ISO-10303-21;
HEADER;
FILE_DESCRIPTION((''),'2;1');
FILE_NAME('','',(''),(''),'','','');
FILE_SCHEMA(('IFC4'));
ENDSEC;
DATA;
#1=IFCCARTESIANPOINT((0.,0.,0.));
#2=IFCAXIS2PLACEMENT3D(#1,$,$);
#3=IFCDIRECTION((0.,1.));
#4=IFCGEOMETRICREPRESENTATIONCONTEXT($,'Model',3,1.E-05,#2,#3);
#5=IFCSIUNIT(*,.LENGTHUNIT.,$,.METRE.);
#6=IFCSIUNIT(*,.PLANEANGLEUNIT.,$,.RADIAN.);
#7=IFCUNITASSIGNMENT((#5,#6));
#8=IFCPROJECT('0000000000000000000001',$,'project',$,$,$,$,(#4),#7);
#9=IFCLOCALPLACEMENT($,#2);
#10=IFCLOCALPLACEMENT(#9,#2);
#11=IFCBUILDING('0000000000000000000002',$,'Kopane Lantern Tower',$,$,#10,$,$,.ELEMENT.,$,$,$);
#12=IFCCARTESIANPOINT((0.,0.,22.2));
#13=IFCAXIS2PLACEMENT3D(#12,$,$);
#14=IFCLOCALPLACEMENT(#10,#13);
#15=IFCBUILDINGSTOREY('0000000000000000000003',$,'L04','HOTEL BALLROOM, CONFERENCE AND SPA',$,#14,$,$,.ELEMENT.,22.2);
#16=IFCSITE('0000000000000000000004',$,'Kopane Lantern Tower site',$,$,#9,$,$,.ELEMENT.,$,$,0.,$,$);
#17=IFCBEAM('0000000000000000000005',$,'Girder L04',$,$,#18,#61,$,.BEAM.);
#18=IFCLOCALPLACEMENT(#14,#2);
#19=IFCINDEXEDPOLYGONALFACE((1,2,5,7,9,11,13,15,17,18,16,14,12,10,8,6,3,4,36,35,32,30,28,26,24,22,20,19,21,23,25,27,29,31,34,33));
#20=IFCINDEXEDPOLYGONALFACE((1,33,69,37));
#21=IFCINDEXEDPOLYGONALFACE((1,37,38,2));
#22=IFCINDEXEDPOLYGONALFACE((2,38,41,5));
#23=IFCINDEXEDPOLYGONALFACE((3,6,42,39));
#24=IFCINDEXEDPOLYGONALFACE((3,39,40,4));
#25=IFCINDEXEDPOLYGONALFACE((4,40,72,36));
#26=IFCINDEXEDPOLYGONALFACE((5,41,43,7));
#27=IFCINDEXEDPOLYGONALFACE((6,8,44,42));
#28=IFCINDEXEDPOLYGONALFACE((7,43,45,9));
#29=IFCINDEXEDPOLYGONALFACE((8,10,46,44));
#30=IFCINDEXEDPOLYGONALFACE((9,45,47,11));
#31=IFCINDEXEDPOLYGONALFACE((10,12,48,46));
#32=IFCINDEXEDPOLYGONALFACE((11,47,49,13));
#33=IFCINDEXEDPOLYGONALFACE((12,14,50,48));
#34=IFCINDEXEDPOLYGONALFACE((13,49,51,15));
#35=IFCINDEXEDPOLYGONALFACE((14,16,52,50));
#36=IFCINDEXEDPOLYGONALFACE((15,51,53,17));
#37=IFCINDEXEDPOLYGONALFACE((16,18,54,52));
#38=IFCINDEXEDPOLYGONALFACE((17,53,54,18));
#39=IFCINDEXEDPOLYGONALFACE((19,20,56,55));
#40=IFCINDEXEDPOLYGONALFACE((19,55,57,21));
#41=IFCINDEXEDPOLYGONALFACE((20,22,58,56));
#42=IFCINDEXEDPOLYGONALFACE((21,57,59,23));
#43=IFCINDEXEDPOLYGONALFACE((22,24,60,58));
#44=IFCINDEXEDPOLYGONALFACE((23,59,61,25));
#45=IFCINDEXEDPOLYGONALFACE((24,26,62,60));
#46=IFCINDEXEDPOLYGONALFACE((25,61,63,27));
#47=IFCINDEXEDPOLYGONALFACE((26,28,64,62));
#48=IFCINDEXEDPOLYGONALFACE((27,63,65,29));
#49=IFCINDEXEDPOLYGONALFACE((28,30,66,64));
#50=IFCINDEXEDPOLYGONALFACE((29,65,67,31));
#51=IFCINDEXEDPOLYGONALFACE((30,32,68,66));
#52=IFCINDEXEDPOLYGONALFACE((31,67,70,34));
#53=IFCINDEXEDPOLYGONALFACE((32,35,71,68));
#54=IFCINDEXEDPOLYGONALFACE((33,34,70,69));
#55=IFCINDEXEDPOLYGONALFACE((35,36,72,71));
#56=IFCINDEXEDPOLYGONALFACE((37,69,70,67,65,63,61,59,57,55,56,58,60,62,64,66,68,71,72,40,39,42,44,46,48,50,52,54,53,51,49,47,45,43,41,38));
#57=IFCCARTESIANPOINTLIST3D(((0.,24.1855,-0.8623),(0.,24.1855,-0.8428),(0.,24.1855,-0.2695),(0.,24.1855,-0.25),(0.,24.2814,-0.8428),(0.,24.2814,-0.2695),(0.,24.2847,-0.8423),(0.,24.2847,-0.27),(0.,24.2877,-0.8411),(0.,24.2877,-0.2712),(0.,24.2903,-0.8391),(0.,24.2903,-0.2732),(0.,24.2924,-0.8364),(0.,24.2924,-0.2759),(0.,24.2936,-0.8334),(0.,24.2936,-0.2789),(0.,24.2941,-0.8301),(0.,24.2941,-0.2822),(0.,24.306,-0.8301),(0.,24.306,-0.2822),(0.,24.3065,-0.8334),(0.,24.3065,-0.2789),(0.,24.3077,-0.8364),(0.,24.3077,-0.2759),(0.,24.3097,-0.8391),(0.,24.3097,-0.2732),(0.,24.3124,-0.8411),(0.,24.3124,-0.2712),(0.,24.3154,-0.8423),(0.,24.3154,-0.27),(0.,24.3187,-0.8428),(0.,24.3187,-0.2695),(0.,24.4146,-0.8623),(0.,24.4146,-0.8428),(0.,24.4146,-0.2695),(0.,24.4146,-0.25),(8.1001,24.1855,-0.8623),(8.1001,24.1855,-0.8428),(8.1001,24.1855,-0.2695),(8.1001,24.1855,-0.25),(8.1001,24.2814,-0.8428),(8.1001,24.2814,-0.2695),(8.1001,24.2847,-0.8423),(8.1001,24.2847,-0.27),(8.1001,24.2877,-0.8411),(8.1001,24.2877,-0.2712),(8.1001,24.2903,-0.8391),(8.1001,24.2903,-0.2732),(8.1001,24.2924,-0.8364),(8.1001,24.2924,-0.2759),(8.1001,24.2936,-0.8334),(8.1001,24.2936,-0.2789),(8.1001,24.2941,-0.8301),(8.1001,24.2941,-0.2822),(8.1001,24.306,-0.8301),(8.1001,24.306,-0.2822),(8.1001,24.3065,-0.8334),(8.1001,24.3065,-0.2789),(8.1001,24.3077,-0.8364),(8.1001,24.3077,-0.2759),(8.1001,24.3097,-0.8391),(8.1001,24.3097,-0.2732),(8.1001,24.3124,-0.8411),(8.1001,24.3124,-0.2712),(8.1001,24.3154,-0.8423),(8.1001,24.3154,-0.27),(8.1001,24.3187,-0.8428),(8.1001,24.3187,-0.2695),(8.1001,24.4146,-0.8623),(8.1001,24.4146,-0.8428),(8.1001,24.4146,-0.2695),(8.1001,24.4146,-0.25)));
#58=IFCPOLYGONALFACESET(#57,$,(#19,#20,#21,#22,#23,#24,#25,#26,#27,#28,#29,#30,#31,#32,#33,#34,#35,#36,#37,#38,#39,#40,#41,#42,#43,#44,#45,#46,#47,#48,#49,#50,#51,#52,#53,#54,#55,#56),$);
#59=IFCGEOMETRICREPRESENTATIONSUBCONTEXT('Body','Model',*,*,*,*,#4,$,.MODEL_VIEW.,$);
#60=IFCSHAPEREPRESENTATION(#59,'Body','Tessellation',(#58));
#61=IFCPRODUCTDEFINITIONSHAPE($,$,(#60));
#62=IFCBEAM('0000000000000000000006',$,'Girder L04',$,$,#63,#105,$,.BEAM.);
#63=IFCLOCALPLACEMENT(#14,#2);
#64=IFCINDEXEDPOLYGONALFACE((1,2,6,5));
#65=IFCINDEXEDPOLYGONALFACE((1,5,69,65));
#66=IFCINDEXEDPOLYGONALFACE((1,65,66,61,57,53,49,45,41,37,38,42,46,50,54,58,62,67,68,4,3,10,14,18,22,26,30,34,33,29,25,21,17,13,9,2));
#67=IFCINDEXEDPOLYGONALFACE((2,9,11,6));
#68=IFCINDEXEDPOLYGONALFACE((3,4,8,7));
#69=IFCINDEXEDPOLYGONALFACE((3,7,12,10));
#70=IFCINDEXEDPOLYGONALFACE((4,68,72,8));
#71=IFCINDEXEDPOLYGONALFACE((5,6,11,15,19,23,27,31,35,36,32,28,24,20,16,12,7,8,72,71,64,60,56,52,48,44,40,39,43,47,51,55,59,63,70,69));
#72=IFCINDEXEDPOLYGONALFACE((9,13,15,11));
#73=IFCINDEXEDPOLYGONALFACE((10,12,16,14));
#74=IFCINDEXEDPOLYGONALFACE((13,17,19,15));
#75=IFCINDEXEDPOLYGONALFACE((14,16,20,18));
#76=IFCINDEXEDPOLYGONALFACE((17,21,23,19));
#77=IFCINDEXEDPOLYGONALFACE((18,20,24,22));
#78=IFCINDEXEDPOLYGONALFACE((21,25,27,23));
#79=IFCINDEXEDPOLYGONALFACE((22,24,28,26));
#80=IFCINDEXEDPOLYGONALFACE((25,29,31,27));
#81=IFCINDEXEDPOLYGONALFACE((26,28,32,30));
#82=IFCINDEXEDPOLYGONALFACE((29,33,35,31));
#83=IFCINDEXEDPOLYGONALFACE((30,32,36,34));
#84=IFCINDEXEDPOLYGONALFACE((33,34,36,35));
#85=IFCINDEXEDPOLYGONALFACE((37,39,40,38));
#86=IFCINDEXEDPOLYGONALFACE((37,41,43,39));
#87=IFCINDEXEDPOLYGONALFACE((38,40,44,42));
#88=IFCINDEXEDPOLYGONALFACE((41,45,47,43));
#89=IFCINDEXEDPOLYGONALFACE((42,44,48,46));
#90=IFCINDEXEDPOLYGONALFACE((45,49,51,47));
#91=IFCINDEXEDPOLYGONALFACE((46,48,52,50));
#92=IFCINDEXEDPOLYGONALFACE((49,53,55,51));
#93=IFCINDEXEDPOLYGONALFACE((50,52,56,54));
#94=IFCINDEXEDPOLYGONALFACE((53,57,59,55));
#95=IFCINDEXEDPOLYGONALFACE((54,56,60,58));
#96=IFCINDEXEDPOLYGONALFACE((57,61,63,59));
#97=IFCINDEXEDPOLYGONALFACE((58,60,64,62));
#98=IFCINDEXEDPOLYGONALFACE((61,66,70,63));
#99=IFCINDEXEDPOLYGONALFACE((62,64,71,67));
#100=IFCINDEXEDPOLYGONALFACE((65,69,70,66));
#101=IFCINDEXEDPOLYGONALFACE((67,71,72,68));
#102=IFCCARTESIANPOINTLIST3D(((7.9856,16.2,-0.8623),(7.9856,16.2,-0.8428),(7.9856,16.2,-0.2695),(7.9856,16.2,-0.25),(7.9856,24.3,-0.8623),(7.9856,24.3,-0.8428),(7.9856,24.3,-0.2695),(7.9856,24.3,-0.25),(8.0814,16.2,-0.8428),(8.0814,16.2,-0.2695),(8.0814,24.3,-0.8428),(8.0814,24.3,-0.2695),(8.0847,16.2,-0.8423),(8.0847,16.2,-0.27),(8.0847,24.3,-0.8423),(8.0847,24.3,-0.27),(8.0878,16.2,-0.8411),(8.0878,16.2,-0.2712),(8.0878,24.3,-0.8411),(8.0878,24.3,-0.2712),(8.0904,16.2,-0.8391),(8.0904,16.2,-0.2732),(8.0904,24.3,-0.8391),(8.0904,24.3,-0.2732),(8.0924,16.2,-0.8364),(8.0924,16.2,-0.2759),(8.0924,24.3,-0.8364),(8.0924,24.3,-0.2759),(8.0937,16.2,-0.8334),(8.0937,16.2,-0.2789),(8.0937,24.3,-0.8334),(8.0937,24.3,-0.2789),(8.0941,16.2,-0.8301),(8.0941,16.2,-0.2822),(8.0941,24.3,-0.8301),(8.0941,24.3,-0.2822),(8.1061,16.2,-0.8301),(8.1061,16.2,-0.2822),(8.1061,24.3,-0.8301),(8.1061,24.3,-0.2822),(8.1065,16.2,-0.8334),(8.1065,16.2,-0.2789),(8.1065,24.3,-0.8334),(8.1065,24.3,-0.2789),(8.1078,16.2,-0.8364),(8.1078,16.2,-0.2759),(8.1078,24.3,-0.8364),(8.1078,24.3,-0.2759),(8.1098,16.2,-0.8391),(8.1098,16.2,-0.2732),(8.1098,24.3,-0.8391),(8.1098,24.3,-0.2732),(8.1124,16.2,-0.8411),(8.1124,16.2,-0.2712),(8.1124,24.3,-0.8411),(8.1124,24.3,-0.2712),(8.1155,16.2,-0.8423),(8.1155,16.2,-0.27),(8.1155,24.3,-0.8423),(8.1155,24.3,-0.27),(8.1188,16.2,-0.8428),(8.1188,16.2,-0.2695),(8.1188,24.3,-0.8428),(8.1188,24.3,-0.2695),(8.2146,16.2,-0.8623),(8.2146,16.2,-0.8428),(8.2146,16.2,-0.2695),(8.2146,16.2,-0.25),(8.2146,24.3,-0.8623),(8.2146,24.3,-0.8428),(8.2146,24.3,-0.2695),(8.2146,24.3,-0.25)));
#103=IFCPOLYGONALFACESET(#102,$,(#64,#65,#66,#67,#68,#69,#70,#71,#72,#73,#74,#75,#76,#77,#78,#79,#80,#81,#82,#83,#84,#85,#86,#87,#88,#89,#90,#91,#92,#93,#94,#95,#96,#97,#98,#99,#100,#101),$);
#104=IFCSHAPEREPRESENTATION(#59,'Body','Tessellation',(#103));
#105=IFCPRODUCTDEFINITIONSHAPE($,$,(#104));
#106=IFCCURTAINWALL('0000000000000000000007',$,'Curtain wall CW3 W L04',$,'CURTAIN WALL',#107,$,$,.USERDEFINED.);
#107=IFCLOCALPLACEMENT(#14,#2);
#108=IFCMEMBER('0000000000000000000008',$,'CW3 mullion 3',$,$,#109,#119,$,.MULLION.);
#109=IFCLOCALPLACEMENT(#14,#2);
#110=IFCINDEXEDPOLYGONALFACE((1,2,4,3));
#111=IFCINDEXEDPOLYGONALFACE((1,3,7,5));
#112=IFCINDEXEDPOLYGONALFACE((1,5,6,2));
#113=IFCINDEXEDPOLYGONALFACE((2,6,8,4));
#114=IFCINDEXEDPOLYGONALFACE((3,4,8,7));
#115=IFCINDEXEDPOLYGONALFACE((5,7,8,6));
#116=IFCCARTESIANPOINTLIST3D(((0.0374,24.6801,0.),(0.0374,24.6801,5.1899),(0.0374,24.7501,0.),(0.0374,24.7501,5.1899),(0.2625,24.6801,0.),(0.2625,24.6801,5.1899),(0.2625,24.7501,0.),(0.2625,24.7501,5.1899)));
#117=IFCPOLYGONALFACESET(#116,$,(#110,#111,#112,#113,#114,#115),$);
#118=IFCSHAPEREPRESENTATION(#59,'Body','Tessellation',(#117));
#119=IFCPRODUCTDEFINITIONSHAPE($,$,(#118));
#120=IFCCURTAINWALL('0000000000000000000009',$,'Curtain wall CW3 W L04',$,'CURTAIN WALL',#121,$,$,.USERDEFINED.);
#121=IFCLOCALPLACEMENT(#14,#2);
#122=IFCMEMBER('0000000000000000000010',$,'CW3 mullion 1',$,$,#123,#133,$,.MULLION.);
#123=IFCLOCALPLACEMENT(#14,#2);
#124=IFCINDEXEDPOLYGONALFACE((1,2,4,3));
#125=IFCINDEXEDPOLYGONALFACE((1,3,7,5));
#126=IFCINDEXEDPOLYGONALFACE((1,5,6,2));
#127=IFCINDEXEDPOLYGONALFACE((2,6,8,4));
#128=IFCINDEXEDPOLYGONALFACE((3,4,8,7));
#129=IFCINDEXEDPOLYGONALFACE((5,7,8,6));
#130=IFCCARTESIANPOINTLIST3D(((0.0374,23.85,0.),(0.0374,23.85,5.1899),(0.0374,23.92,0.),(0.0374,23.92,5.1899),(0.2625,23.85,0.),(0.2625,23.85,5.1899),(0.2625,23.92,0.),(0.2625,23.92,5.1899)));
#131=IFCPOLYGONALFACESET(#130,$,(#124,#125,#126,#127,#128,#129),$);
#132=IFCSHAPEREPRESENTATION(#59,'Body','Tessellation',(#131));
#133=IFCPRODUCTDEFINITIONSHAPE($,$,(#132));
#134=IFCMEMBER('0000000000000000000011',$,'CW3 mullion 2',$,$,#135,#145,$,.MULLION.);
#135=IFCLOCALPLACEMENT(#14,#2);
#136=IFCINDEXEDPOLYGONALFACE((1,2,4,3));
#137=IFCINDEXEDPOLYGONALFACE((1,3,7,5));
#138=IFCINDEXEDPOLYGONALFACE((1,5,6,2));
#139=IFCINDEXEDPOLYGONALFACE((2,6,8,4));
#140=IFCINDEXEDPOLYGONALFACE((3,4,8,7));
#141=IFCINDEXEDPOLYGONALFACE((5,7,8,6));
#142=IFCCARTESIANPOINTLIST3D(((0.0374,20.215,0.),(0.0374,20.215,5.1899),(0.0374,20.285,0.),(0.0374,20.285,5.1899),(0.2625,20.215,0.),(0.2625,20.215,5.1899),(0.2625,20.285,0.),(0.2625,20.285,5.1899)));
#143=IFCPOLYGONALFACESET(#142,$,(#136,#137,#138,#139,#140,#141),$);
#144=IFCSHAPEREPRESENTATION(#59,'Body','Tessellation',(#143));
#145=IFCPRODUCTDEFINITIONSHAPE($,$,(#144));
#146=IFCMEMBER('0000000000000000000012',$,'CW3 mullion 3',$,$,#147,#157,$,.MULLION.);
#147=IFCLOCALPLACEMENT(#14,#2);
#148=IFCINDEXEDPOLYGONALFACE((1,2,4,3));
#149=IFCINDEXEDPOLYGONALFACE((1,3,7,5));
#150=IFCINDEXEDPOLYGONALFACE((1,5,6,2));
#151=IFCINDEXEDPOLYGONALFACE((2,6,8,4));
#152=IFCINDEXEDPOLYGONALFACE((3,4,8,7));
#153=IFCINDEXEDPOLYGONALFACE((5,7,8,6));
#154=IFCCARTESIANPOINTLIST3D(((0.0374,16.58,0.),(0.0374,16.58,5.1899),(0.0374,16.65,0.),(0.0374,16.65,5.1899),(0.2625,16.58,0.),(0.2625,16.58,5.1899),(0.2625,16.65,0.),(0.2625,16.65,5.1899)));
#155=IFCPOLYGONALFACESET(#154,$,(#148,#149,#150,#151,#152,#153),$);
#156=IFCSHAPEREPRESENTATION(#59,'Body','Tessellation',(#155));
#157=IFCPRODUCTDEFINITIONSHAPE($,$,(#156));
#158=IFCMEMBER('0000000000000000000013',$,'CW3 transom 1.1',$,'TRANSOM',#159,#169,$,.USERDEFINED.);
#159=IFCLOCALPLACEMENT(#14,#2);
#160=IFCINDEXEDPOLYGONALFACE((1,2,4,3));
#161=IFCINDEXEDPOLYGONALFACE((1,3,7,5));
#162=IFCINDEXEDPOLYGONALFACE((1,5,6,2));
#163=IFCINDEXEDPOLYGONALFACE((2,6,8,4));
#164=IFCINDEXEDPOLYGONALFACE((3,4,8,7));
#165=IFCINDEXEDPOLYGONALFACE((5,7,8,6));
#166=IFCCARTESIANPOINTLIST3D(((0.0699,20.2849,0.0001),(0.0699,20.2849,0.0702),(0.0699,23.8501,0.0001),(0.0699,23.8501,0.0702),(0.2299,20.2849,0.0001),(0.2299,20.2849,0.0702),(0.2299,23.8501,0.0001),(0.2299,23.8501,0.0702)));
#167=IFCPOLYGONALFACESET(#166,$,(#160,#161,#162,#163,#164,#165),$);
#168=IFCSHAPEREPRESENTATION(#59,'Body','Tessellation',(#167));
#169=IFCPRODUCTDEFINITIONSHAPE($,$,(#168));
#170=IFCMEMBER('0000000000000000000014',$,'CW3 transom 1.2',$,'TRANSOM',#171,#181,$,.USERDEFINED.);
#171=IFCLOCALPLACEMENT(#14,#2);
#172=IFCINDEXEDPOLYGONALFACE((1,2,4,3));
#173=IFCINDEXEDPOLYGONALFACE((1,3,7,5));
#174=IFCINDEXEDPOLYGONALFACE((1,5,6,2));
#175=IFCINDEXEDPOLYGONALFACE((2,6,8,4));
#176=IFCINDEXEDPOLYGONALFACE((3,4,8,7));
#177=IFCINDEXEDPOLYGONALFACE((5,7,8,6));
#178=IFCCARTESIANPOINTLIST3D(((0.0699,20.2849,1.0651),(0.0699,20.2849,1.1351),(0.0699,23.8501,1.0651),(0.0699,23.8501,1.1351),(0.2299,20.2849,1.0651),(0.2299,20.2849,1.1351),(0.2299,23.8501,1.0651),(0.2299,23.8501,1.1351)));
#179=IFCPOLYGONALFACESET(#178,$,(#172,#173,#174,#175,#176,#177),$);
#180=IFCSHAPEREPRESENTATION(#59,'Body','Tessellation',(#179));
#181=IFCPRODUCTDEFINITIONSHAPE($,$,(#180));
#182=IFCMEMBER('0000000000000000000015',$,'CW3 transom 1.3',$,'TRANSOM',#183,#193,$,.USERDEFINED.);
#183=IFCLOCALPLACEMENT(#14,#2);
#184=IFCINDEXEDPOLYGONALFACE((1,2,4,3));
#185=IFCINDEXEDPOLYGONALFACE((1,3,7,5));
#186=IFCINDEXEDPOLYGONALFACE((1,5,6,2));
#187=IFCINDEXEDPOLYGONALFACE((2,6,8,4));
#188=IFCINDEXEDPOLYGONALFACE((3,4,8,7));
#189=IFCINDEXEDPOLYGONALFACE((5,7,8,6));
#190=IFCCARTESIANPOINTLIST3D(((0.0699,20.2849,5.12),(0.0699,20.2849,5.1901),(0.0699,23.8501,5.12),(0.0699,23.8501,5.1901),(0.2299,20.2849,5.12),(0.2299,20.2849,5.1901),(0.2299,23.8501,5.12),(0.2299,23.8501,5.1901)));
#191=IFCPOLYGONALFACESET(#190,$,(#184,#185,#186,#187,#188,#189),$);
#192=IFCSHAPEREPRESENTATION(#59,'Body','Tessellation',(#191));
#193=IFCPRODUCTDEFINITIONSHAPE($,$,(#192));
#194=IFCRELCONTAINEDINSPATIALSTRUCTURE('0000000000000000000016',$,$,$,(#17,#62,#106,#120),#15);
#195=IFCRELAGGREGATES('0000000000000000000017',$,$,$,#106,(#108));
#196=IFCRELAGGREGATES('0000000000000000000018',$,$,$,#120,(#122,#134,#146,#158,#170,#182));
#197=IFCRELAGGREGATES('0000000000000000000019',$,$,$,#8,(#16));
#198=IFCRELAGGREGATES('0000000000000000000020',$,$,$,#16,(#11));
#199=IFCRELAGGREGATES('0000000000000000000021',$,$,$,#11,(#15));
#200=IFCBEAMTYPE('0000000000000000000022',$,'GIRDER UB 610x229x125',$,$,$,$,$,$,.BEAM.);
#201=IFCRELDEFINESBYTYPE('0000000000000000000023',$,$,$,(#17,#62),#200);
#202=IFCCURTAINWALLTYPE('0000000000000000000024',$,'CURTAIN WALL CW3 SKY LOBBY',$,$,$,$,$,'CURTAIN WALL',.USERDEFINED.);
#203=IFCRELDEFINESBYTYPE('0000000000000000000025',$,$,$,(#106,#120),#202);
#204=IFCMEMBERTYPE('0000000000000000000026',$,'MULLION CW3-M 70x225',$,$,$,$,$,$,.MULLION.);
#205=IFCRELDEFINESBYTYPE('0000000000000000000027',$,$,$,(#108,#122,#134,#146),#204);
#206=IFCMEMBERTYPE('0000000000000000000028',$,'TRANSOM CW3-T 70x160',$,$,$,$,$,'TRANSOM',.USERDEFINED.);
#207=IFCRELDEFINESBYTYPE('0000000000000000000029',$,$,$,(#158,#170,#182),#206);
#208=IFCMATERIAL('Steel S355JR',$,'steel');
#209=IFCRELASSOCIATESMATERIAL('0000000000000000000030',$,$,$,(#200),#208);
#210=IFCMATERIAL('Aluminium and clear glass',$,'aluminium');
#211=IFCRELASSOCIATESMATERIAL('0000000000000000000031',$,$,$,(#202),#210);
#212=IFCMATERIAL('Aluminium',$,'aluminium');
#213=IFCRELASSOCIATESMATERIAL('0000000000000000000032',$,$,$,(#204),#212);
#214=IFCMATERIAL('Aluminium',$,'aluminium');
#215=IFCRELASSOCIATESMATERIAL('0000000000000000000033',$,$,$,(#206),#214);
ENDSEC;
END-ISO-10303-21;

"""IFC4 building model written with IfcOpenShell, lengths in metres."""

from ifc_helpers import new_model, si_unit, direction, frame, origin, origin_2d, place, context, subcontext, project, spatial, rectangle, i_section, extrude, material, material_profile, profile_set, type_object, element, aggregate, save


model = new_model("IFC4")

# Units and contexts
model_context = context("Model", 3, precision=1e-05, world=origin(), true_north=direction((0.0, 1.0)))
body_context = subcontext(model_context, "Body", "Model", "MODEL_VIEW")
ifc_project = project(units=[si_unit("LENGTHUNIT", "METRE"), si_unit("PLANEANGLEUNIT", "RADIAN")], contexts=[model_context])

# Site, building, storey
site_placement = place(None, origin())
site = spatial("IfcSite", under=ifc_project, at=site_placement, Name="Kopane Lantern Tower site", CompositionType="ELEMENT", RefElevation=0.0)
building_placement = place(site_placement, origin())
building = spatial("IfcBuilding", under=site, at=building_placement, Name="Kopane Lantern Tower", CompositionType="ELEMENT")
storey_placement = place(building_placement, frame((0.0, 0.0, 22.2)))
storey = spatial("IfcBuildingStorey", under=building, at=storey_placement, Name="L04", Description="HOTEL BALLROOM, CONFERENCE AND SPA", CompositionType="ELEMENT", Elevation=22.2)

# Beams
ifc_material_1 = material(Name="Steel S355JR", Category="steel")
ifc_material_profile_1 = material_profile(ifc_material_1, i_section(OverallWidth=0.229, OverallDepth=0.6123, WebThickness=0.012, FlangeThickness=0.0195, FilletRadius=0.0127, at=origin_2d()), Name="UB 610x229x125")
ifc_profile_set_1 = profile_set([ifc_material_profile_1], Name="Steel S355JR")
beam_type = type_object("IfcBeamType", Name="GIRDER UB 610x229x125", PredefinedType="BEAM", material=ifc_profile_set_1)
for number, where, z_axis, x_axis, name in (
    (1, (0.0, 24.3, -0.5562), (1.0, 0.0, 0.0), (0.0, 1.0, 0.0), "Girder L04"),
    (2, (8.1001, 16.2, -0.5562), (0.0, 1.0, 0.0), (-1.0, 0.0, 0.0), "Girder L04"),
):
    element("IfcBeam", number, at=place(storey_placement, frame(where, z_axis=z_axis, x_axis=x_axis)), inside=storey, type_object=beam_type, Name=name, PredefinedType="BEAM", context=body_context, shape_type="SweptSolid", body=[
        extrude(i_section(OverallWidth=0.229, OverallDepth=0.6123, WebThickness=0.012, FlangeThickness=0.0195, FilletRadius=0.0127, at=origin_2d()), origin(), (0.0, 0.0, 1.0), 8.1001),
    ])

# Curtain wall, member
ifc_material_2 = material(Name="Aluminium and clear glass", Category="aluminium")
curtain_wall_type = type_object("IfcCurtainWallType", Name="CURTAIN WALL CW3 SKY LOBBY", ElementType="CURTAIN WALL", PredefinedType="USERDEFINED", material=ifc_material_2)
curtain_wall_1_placement = place(storey_placement, origin())
curtain_wall_1 = element("IfcCurtainWall", 3, at=curtain_wall_1_placement, inside=storey, type_object=curtain_wall_type, Name="Curtain wall CW3 W L04", ObjectType="CURTAIN WALL", PredefinedType="USERDEFINED")
ifc_material_3 = material(Name="Aluminium", Category="aluminium")
ifc_material_profile_2 = material_profile(ifc_material_3, rectangle(XDim=0.0701, YDim=0.2251, at=origin_2d()), Name="AL 70x225")
ifc_profile_set_2 = profile_set([ifc_material_profile_2], Name="Aluminium")
member_type_1 = type_object("IfcMemberType", Name="MULLION CW3-M 70x225", PredefinedType="MULLION", material=ifc_profile_set_2)
member_1_placement = place(storey_placement, frame((0.1499, 24.7151, 0.0), z_axis=(0.0, 0.0, 1.0), x_axis=(0.0, -1.0, 0.0)))
member_1 = element("IfcMember", 4, at=member_1_placement, type_object=member_type_1, Name="CW3 mullion 3", PredefinedType="MULLION", context=body_context, shape_type="SweptSolid", body=[
    extrude(rectangle(XDim=0.0701, YDim=0.2251, at=origin_2d()), origin(), (0.0, 0.0, 1.0), 5.1899),
])
aggregate(curtain_wall_1, [member_1])

# Curtain wall, members
curtain_wall_2_placement = place(storey_placement, origin())
curtain_wall_2 = element("IfcCurtainWall", 5, at=curtain_wall_2_placement, inside=storey, type_object=curtain_wall_type, Name="Curtain wall CW3 W L04", ObjectType="CURTAIN WALL", PredefinedType="USERDEFINED")
member_2_placement = place(storey_placement, frame((0.1499, 23.885, 0.0), z_axis=(0.0, 0.0, 1.0), x_axis=(0.0, -1.0, 0.0)))
member_2 = element("IfcMember", 6, at=member_2_placement, type_object=member_type_1, Name="CW3 mullion 1", PredefinedType="MULLION", context=body_context, shape_type="SweptSolid", body=[
    extrude(rectangle(XDim=0.0701, YDim=0.2251, at=origin_2d()), origin(), (0.0, 0.0, 1.0), 5.1899),
])
member_3_placement = place(storey_placement, frame((0.1499, 20.25, 0.0), z_axis=(0.0, 0.0, 1.0), x_axis=(0.0, -1.0, 0.0)))
member_3 = element("IfcMember", 7, at=member_3_placement, type_object=member_type_1, Name="CW3 mullion 2", PredefinedType="MULLION", context=body_context, shape_type="SweptSolid", body=[
    extrude(rectangle(XDim=0.0701, YDim=0.2251, at=origin_2d()), origin(), (0.0, 0.0, 1.0), 5.1899),
])
member_4_placement = place(storey_placement, frame((0.1499, 16.615, 0.0), z_axis=(0.0, 0.0, 1.0), x_axis=(0.0, -1.0, 0.0)))
member_4 = element("IfcMember", 8, at=member_4_placement, type_object=member_type_1, Name="CW3 mullion 3", PredefinedType="MULLION", context=body_context, shape_type="SweptSolid", body=[
    extrude(rectangle(XDim=0.0701, YDim=0.2251, at=origin_2d()), origin(), (0.0, 0.0, 1.0), 5.1899),
])
ifc_material_4 = material(Name="Aluminium", Category="aluminium")
ifc_material_profile_3 = material_profile(ifc_material_4, rectangle(XDim=0.1599, YDim=0.0701, at=origin_2d()), Name="AL 160x70")
ifc_profile_set_3 = profile_set([ifc_material_profile_3], Name="Aluminium")
member_type_2 = type_object("IfcMemberType", Name="TRANSOM CW3-T 70x160", ElementType="TRANSOM", PredefinedType="USERDEFINED", material=ifc_profile_set_3)
member_5_placement = place(storey_placement, frame((0.1499, 23.8501, 0.0352), z_axis=(0.0, -1.0, 0.0), x_axis=(1.0, 0.0, 0.0)))
member_5 = element("IfcMember", 9, at=member_5_placement, type_object=member_type_2, Name="CW3 transom 1.1", ObjectType="TRANSOM", PredefinedType="USERDEFINED", context=body_context, shape_type="SweptSolid", body=[
    extrude(rectangle(XDim=0.1599, YDim=0.0701, at=origin_2d()), origin(), (0.0, 0.0, 1.0), 3.5652),
])
member_6_placement = place(storey_placement, frame((0.1499, 23.8501, 1.1001), z_axis=(0.0, -1.0, 0.0), x_axis=(1.0, 0.0, 0.0)))
member_6 = element("IfcMember", 10, at=member_6_placement, type_object=member_type_2, Name="CW3 transom 1.2", ObjectType="TRANSOM", PredefinedType="USERDEFINED", context=body_context, shape_type="SweptSolid", body=[
    extrude(rectangle(XDim=0.1599, YDim=0.0701, at=origin_2d()), origin(), (0.0, 0.0, 1.0), 3.5652),
])
member_7_placement = place(storey_placement, frame((0.1499, 23.8501, 5.155), z_axis=(0.0, -1.0, 0.0), x_axis=(1.0, 0.0, 0.0)))
member_7 = element("IfcMember", 11, at=member_7_placement, type_object=member_type_2, Name="CW3 transom 1.3", ObjectType="TRANSOM", PredefinedType="USERDEFINED", context=body_context, shape_type="SweptSolid", body=[
    extrude(rectangle(XDim=0.1599, YDim=0.0701, at=origin_2d()), origin(), (0.0, 0.0, 1.0), 3.5652),
])
aggregate(curtain_wall_2, [member_2, member_3, member_4, member_5, member_6, member_7])

save(model, "model.ifc")
